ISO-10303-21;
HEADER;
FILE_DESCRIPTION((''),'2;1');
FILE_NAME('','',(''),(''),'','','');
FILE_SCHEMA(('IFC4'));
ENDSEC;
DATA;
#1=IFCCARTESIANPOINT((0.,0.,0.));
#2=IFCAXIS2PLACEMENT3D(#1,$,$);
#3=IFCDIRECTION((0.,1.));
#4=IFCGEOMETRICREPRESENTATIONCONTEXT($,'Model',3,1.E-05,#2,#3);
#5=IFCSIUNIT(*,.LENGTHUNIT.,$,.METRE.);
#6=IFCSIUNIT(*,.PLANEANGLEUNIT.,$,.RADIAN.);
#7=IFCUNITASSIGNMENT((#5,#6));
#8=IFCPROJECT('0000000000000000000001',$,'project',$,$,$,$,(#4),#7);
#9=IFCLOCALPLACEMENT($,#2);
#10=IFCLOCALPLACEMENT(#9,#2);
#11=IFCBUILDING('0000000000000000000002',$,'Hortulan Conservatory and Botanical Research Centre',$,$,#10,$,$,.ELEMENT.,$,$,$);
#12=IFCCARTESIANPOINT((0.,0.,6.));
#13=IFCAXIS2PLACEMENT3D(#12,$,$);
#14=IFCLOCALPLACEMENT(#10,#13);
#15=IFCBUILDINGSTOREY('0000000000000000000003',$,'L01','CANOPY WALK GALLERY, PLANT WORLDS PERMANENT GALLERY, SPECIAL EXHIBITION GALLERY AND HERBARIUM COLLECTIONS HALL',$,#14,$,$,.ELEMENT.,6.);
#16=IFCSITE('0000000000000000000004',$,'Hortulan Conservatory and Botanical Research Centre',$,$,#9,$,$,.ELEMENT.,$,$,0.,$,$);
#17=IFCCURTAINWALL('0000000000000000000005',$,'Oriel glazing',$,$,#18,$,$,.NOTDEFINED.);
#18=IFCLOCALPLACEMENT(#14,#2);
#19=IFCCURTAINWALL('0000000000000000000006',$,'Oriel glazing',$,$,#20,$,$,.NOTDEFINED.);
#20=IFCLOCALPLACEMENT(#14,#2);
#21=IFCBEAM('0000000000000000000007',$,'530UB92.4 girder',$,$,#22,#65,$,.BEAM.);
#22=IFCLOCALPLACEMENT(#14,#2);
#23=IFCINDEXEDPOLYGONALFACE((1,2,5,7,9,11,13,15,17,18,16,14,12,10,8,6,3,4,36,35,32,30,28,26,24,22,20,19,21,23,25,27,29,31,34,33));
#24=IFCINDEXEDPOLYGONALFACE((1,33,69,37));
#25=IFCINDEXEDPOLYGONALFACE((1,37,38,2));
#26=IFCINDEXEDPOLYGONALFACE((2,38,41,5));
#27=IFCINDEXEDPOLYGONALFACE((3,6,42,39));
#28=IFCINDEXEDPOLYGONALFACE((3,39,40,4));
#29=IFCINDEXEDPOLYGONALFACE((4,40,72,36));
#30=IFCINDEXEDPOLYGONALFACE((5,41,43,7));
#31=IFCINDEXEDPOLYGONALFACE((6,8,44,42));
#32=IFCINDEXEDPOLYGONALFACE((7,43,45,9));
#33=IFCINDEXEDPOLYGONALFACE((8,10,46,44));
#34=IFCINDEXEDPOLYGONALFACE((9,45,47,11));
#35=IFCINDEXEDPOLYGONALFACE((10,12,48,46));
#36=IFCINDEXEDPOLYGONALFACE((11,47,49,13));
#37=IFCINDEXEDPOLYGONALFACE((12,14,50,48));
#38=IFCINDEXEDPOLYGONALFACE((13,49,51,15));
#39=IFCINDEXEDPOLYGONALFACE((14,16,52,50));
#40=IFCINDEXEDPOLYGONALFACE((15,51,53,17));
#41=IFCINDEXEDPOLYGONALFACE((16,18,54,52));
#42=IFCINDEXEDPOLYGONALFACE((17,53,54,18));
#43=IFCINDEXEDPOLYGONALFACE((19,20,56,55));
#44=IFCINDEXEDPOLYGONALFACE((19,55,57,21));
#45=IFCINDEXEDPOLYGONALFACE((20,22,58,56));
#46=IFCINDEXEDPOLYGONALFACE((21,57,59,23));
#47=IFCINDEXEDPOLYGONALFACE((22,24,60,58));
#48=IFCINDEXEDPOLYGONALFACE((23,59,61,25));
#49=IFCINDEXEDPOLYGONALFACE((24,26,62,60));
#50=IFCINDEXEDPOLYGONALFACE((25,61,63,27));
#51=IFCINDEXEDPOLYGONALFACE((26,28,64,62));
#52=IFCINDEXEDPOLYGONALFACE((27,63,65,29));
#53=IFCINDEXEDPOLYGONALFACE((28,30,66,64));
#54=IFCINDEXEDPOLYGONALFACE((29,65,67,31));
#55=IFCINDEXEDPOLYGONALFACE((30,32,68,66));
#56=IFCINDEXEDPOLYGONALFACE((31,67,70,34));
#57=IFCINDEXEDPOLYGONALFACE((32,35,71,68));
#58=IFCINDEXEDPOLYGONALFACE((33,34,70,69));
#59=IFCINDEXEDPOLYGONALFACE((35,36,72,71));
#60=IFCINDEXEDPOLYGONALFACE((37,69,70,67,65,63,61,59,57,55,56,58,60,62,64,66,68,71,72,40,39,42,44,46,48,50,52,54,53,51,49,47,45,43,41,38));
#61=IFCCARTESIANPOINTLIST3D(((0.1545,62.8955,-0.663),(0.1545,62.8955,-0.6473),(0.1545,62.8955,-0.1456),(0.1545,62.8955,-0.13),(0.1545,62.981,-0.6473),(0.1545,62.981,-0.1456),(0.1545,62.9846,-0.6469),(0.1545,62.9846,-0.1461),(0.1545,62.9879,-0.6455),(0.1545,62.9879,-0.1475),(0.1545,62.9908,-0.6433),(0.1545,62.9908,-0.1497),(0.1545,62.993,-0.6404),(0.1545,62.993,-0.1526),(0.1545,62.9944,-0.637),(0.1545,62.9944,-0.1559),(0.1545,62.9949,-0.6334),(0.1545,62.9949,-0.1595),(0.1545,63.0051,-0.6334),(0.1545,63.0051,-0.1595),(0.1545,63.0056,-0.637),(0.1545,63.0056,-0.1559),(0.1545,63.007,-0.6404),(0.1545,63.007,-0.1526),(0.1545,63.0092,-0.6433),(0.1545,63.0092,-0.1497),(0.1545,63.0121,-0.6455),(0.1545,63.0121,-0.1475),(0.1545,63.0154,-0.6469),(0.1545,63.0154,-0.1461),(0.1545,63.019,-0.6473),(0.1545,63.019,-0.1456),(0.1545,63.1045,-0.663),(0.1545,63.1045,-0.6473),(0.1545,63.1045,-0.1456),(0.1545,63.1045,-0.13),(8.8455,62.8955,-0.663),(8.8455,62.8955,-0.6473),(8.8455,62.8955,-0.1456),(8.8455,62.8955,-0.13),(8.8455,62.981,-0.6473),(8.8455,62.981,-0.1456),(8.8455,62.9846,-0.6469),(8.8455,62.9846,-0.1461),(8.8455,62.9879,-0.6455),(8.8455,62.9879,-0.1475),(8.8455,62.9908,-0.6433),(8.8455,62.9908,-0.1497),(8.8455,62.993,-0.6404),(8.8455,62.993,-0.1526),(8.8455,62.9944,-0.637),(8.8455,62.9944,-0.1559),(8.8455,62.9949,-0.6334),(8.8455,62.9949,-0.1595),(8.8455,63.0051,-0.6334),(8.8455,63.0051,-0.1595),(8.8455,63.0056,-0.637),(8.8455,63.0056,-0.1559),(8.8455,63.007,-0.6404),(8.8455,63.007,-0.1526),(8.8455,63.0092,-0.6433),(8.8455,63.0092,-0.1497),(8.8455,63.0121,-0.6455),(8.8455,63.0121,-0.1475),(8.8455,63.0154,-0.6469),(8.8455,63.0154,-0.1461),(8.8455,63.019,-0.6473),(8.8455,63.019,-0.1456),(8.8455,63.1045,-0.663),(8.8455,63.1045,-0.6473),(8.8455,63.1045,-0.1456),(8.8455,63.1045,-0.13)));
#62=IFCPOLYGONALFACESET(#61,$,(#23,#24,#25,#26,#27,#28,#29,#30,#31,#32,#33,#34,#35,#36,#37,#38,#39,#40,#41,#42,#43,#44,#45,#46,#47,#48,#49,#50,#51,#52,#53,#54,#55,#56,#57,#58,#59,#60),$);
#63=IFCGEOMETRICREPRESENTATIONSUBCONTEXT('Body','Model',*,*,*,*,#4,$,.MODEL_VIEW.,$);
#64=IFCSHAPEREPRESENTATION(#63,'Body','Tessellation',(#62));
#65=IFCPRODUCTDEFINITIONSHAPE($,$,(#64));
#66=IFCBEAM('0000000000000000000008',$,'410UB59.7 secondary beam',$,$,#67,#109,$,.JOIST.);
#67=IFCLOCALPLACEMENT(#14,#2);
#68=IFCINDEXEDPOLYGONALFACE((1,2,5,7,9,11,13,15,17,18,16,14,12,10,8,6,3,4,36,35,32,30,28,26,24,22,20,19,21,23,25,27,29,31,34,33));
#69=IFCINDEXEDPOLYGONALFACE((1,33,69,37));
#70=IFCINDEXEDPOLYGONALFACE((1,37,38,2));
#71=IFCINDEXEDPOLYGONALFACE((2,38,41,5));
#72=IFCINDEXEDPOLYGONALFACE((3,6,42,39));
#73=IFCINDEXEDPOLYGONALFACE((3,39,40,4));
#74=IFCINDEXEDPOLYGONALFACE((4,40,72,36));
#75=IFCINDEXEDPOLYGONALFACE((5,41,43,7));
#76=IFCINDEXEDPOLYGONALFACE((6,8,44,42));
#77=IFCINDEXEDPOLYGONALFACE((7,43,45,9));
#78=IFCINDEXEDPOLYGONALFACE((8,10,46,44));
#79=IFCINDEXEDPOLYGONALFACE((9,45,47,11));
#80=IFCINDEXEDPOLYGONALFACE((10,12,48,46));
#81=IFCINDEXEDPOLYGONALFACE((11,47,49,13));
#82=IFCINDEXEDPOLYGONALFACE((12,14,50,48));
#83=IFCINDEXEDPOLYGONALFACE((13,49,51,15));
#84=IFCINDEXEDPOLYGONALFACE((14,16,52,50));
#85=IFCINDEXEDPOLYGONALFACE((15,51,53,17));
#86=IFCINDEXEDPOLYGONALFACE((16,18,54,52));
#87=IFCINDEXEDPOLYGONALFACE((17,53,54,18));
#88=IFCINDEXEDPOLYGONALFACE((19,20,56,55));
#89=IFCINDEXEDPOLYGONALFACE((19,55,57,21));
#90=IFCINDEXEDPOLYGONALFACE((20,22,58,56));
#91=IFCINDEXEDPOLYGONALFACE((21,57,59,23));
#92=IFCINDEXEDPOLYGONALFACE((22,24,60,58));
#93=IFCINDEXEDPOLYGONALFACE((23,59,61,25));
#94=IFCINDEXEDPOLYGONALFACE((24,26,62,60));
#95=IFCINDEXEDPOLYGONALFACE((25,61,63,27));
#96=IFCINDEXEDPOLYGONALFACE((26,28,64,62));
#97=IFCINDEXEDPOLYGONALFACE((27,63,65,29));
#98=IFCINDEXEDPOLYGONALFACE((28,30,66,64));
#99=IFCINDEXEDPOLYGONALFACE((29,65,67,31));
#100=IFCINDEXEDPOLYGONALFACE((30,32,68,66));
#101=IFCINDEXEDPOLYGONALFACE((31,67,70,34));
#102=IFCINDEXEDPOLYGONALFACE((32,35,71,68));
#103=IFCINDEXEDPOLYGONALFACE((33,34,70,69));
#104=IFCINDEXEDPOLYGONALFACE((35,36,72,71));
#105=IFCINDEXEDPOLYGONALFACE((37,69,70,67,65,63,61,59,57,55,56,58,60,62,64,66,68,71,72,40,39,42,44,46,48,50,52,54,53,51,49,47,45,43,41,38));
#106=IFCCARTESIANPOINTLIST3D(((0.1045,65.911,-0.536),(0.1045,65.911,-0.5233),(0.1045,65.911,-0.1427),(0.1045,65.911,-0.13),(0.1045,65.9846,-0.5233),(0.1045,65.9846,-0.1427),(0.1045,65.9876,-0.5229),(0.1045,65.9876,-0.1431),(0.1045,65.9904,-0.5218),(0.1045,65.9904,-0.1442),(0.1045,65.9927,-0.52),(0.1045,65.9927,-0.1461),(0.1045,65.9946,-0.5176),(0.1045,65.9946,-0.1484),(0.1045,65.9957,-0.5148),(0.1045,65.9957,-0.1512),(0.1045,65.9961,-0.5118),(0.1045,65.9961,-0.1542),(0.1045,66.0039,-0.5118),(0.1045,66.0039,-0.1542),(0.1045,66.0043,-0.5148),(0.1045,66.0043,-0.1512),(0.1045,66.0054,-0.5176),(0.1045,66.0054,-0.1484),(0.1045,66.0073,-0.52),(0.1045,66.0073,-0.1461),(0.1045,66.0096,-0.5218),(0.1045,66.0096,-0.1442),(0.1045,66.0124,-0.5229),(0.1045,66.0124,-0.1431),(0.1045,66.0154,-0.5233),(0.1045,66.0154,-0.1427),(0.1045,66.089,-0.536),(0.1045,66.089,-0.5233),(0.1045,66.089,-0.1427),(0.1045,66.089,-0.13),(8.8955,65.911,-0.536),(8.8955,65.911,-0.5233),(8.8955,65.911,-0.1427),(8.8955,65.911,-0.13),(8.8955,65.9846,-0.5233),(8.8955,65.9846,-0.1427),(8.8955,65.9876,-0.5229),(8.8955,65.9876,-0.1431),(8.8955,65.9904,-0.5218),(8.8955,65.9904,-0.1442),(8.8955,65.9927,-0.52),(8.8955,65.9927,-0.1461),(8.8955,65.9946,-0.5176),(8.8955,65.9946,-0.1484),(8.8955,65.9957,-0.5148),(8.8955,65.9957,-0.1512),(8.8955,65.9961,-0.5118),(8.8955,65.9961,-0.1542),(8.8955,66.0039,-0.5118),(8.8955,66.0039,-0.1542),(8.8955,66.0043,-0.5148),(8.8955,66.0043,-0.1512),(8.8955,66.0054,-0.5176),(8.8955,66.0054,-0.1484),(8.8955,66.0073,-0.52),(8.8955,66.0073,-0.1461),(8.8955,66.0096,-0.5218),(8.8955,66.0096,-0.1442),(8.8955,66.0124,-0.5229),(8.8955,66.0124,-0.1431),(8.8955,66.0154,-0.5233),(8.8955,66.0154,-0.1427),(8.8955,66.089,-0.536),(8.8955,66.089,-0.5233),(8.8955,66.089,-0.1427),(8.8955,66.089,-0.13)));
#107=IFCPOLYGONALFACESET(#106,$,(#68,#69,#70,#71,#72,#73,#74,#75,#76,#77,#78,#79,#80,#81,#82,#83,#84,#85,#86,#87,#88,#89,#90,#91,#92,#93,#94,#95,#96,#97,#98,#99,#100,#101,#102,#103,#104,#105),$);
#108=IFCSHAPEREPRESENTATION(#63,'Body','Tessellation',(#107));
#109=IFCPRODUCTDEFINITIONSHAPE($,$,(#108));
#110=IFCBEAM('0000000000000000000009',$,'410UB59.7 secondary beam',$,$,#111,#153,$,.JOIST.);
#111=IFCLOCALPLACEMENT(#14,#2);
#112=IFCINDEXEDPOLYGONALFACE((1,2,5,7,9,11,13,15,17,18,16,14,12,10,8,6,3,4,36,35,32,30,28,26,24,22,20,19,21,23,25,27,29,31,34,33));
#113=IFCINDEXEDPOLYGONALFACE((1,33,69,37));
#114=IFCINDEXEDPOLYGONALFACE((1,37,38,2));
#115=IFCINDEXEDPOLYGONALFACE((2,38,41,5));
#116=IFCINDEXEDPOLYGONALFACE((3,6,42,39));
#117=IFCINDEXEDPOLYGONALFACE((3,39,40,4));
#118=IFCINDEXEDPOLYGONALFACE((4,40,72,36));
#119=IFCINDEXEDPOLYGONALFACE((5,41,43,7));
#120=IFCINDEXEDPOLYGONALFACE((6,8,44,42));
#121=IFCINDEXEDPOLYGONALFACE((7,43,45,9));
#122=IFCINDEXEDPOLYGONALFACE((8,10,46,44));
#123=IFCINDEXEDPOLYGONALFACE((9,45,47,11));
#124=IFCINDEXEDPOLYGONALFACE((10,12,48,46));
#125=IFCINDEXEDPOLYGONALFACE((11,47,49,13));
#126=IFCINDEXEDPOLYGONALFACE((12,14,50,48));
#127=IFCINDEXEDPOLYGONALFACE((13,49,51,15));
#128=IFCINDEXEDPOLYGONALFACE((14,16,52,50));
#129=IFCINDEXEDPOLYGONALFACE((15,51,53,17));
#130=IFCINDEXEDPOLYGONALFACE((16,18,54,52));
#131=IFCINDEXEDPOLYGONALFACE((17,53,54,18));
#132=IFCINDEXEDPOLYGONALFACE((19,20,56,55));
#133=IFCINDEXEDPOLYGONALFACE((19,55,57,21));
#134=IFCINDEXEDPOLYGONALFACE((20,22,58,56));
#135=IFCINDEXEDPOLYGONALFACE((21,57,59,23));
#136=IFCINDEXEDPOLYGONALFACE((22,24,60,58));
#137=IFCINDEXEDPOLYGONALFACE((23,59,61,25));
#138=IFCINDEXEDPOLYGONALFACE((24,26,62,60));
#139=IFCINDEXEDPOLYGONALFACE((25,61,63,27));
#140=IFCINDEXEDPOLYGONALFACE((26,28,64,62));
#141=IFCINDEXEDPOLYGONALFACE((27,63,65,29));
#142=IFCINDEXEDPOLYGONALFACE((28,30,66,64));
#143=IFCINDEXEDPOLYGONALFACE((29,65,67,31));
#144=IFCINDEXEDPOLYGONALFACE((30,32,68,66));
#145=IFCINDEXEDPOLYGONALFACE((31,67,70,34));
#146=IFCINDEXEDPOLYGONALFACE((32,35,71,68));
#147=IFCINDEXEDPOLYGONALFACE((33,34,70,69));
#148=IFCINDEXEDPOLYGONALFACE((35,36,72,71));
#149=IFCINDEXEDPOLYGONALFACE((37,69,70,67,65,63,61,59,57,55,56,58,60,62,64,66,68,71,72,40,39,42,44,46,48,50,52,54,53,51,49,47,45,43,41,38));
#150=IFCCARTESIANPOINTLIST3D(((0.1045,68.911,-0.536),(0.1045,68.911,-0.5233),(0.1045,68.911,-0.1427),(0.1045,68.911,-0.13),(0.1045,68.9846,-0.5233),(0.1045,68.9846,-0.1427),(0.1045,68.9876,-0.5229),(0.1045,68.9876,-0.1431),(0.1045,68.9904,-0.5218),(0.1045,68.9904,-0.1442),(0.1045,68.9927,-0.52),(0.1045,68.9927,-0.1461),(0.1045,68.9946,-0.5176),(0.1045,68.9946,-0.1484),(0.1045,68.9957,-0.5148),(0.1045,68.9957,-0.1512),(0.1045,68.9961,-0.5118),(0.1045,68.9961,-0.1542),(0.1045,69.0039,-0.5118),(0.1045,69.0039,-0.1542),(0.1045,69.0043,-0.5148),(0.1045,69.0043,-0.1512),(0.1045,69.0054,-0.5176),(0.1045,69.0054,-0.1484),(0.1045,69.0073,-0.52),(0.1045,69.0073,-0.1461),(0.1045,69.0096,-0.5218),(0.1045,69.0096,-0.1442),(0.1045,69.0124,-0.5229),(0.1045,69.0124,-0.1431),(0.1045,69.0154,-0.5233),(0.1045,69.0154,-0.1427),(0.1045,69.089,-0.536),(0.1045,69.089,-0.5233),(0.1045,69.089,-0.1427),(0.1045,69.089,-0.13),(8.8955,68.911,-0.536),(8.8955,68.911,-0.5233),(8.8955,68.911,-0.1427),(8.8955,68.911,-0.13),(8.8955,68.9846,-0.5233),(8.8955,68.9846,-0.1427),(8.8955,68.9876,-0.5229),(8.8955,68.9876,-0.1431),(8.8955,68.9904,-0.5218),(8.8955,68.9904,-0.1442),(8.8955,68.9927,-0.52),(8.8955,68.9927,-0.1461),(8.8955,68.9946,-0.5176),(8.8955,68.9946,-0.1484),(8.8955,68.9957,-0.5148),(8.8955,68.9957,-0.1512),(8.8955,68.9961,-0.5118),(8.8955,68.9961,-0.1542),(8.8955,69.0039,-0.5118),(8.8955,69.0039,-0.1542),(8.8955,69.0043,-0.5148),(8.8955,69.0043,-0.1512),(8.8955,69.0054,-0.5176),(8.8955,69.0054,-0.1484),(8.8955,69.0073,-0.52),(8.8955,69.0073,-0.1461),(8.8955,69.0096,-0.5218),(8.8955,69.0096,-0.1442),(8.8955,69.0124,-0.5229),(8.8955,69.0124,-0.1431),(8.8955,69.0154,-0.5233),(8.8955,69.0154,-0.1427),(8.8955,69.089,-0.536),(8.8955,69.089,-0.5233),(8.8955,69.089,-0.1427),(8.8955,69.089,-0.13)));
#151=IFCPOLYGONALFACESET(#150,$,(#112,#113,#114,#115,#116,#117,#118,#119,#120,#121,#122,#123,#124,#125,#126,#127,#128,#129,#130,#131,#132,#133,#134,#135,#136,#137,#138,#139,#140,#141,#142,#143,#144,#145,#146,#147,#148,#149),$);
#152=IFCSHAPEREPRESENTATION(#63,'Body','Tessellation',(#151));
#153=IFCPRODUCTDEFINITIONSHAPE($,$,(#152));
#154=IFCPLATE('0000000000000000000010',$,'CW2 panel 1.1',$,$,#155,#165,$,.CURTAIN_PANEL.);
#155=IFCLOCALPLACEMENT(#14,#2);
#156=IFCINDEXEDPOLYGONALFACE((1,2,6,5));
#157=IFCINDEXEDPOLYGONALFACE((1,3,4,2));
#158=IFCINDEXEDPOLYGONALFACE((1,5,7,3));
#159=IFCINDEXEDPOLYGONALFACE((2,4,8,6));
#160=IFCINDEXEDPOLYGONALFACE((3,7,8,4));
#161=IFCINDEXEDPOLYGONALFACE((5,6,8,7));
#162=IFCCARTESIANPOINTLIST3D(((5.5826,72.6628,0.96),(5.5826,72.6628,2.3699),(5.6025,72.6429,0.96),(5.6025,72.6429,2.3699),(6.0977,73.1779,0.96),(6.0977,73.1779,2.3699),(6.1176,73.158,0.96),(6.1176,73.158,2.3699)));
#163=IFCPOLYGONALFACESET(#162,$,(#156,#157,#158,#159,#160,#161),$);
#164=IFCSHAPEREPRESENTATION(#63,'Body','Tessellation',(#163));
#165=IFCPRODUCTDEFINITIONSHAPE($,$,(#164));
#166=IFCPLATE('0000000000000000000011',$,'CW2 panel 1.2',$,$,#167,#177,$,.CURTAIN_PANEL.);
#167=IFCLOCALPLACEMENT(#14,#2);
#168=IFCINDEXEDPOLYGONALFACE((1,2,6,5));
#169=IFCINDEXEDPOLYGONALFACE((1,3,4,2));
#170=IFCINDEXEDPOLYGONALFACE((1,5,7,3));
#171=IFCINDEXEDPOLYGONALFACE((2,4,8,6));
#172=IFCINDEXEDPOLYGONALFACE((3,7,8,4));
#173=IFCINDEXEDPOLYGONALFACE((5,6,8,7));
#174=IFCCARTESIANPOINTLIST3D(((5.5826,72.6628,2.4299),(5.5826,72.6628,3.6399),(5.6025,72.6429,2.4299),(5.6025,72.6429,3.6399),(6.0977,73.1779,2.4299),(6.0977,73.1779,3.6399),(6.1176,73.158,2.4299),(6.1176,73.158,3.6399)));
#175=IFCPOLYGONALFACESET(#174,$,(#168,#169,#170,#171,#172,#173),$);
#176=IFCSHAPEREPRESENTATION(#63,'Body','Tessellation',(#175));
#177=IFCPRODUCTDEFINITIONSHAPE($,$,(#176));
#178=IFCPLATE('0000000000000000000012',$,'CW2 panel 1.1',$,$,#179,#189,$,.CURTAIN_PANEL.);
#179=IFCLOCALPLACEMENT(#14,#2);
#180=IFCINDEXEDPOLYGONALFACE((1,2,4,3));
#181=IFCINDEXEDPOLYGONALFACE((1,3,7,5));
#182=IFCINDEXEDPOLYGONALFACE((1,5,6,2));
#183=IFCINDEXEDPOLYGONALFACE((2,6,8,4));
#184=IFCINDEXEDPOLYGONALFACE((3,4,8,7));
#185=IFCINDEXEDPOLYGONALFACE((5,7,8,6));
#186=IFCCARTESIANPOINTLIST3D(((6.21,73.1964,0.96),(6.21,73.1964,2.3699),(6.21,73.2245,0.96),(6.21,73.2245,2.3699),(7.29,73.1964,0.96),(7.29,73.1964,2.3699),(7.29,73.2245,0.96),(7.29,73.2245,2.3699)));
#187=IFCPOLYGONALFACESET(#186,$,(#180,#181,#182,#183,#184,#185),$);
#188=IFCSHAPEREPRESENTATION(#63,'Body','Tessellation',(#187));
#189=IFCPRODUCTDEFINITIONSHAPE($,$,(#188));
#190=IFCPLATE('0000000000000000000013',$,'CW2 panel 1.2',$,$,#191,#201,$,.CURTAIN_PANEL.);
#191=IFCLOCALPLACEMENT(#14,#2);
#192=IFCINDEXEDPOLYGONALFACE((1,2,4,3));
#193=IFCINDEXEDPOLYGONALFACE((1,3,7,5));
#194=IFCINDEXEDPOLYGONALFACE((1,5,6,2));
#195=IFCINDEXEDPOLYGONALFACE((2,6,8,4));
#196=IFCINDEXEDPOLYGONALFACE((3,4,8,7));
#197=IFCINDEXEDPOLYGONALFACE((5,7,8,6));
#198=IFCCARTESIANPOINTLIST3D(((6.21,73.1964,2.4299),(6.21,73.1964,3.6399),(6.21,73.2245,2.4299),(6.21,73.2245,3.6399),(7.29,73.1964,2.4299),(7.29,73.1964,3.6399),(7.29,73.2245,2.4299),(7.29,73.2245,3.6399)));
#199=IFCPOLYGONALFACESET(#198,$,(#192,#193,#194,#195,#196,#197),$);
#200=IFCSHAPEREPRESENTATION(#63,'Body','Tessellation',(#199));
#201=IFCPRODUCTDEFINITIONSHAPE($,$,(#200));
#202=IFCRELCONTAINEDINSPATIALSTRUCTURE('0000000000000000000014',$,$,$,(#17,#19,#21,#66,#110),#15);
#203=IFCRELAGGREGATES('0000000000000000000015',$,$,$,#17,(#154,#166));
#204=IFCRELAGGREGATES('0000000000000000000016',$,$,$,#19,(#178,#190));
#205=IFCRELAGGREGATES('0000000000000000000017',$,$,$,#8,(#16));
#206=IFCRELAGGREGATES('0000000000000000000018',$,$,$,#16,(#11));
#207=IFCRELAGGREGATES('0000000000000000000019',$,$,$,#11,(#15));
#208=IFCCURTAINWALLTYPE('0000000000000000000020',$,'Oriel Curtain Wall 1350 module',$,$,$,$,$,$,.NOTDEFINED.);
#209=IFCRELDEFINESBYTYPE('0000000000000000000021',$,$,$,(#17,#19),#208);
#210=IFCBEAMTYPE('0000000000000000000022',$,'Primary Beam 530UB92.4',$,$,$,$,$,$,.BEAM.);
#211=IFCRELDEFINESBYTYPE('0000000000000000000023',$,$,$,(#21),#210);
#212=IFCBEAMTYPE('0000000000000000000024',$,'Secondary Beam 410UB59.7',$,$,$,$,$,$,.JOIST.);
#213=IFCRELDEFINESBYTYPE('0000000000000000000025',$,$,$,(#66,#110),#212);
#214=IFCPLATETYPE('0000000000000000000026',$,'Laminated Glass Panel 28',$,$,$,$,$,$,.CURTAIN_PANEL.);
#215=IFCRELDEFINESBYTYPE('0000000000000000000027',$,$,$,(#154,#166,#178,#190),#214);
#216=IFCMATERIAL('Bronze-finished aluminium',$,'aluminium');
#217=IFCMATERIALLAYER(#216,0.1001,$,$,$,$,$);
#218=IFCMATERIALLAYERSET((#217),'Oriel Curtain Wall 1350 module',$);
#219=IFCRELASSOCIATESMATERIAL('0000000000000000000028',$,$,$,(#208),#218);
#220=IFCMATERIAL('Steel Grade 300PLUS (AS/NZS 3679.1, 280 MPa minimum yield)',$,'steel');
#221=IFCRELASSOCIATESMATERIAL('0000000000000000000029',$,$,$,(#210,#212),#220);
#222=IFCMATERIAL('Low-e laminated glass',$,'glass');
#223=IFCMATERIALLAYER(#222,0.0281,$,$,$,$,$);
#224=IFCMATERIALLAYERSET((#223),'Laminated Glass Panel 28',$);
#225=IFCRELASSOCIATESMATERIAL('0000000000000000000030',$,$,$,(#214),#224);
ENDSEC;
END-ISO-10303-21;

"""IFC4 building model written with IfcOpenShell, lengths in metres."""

from ifc_helpers import new_model, si_unit, direction, frame, origin, origin_2d, place, context, subcontext, project, spatial, rectangle, i_section, extrude, material, layer, layer_set, material_profile, profile_set, type_object, element, aggregate, save


model = new_model("IFC4")

# Units and contexts
model_context = context("Model", 3, precision=1e-05, world=origin(), true_north=direction((0.0, 1.0)))
body_context = subcontext(model_context, "Body", "Model", "MODEL_VIEW")
ifc_project = project(units=[si_unit("LENGTHUNIT", "METRE"), si_unit("PLANEANGLEUNIT", "RADIAN")], contexts=[model_context])

# Site, building, storey
site_placement = place(None, origin())
site = spatial("IfcSite", under=ifc_project, at=site_placement, Name="Hortulan Conservatory and Botanical Research Centre", CompositionType="ELEMENT", RefElevation=0.0)
building_placement = place(site_placement, origin())
building = spatial("IfcBuilding", under=site, at=building_placement, Name="Hortulan Conservatory and Botanical Research Centre", CompositionType="ELEMENT")
storey_placement = place(building_placement, frame((0.0, 0.0, 6.0)))
storey = spatial("IfcBuildingStorey", under=building, at=storey_placement, Name="L01", Description="CANOPY WALK GALLERY, PLANT WORLDS PERMANENT GALLERY, SPECIAL EXHIBITION GALLERY AND HERBARIUM COLLECTIONS HALL", CompositionType="ELEMENT", Elevation=6.0)

# Shared definitions
ifc_material_1 = material(Name="Steel Grade 300PLUS (AS/NZS 3679.1, 280 MPa minimum yield)", Category="steel")

# Curtain walls
ifc_material_2 = material(Name="Bronze-finished aluminium", Category="aluminium")
ifc_layer_1 = layer(ifc_material_2, 0.1001)
ifc_layer_set_1 = layer_set([ifc_layer_1], Name="Oriel Curtain Wall 1350 module")
curtain_wall_type = type_object("IfcCurtainWallType", Name="Oriel Curtain Wall 1350 module", PredefinedType="NOTDEFINED", material=ifc_layer_set_1)
curtain_wall_1_placement = place(storey_placement, origin())
curtain_wall_1 = element("IfcCurtainWall", 1, at=curtain_wall_1_placement, inside=storey, type_object=curtain_wall_type, Name="Oriel glazing", PredefinedType="NOTDEFINED")
curtain_wall_2_placement = place(storey_placement, origin())
curtain_wall_2 = element("IfcCurtainWall", 2, at=curtain_wall_2_placement, inside=storey, type_object=curtain_wall_type, Name="Oriel glazing", PredefinedType="NOTDEFINED")

# Beams
ifc_material_profile_1 = material_profile(ifc_material_1, i_section(OverallWidth=0.209, OverallDepth=0.533, WebThickness=0.0103, FlangeThickness=0.0156, FilletRadius=0.0139, at=origin_2d()), Name="530UB92.4")
ifc_profile_set_1 = profile_set([ifc_material_profile_1], Name="Steel Grade 300PLUS (AS/NZS 3679.1, 280 MPa minimum yield)")
beam_type_1 = type_object("IfcBeamType", Name="Primary Beam 530UB92.4", PredefinedType="BEAM", material=ifc_profile_set_1)
beam_1_placement = place(storey_placement, frame((0.1545, 63.0, -0.3965), z_axis=(1.0, 0.0, 0.0), x_axis=(0.0, 1.0, 0.0)))
element("IfcBeam", 3, at=beam_1_placement, inside=storey, type_object=beam_type_1, Name="530UB92.4 girder", PredefinedType="BEAM", context=body_context, shape_type="SweptSolid", body=[
    extrude(i_section(OverallWidth=0.209, OverallDepth=0.533, WebThickness=0.0103, FlangeThickness=0.0156, FilletRadius=0.0139, at=origin_2d()), origin(), (0.0, 0.0, 1.0), 8.6909),
])
ifc_material_profile_2 = material_profile(ifc_material_1, i_section(OverallWidth=0.178, OverallDepth=0.406, WebThickness=0.0078, FlangeThickness=0.0127, FilletRadius=0.0115, at=origin_2d()), Name="410UB59.7")
ifc_profile_set_2 = profile_set([ifc_material_profile_2], Name="Steel Grade 300PLUS (AS/NZS 3679.1, 280 MPa minimum yield)")
beam_type_2 = type_object("IfcBeamType", Name="Secondary Beam 410UB59.7", PredefinedType="JOIST", material=ifc_profile_set_2)
for number, where, z_axis, x_axis, name in (
    (4, (0.1045, 66.0, -0.333), (1.0, 0.0, 0.0), (0.0, 1.0, 0.0), "410UB59.7 secondary beam"),
    (5, (0.1045, 69.0, -0.333), (1.0, 0.0, 0.0), (0.0, 1.0, 0.0), "410UB59.7 secondary beam"),
):
    element("IfcBeam", number, at=place(storey_placement, frame(where, z_axis=z_axis, x_axis=x_axis)), inside=storey, type_object=beam_type_2, Name=name, PredefinedType="JOIST", context=body_context, shape_type="SweptSolid", body=[
        extrude(i_section(OverallWidth=0.178, OverallDepth=0.406, WebThickness=0.0078, FlangeThickness=0.0127, FilletRadius=0.0115, at=origin_2d()), origin(), (0.0, 0.0, 1.0), 8.791),
    ])

# Plates
ifc_material_3 = material(Name="Low-e laminated glass", Category="glass")
ifc_layer_2 = layer(ifc_material_3, 0.0281)
ifc_layer_set_2 = layer_set([ifc_layer_2], Name="Laminated Glass Panel 28")
plate_type = type_object("IfcPlateType", Name="Laminated Glass Panel 28", PredefinedType="CURTAIN_PANEL", material=ifc_layer_set_2)
plate_1_placement = place(storey_placement, frame((5.8501, 72.9104, 0.96), z_axis=(0.0, 0.0, 1.0), x_axis=(0.707107, 0.707107, 0.0)))
plate_1 = element("IfcPlate", 6, at=plate_1_placement, type_object=plate_type, Name="CW2 panel 1.1", PredefinedType="CURTAIN_PANEL", context=body_context, shape_type="SweptSolid", body=[
    extrude(rectangle(XDim=0.7285, YDim=0.0281, at=origin_2d()), origin(), (0.0, 0.0, 1.0), 1.4099),
])
plate_2_placement = place(storey_placement, frame((5.8501, 72.9104, 2.4299), z_axis=(0.0, 0.0, 1.0), x_axis=(0.707107, 0.707107, 0.0)))
plate_2 = element("IfcPlate", 7, at=plate_2_placement, type_object=plate_type, Name="CW2 panel 1.2", PredefinedType="CURTAIN_PANEL", context=body_context, shape_type="SweptSolid", body=[
    extrude(rectangle(XDim=0.7285, YDim=0.0281, at=origin_2d()), origin(), (0.0, 0.0, 1.0), 1.21),
])
aggregate(curtain_wall_1, [plate_1, plate_2])
plate_3_placement = place(storey_placement, frame((6.75, 73.2104, 0.96), z_axis=(0.0, 0.0, 1.0), x_axis=(1.0, 0.0, 0.0)))
plate_3 = element("IfcPlate", 8, at=plate_3_placement, type_object=plate_type, Name="CW2 panel 1.1", PredefinedType="CURTAIN_PANEL", context=body_context, shape_type="SweptSolid", body=[
    extrude(rectangle(XDim=1.0801, YDim=0.0281, at=origin_2d()), origin(), (0.0, 0.0, 1.0), 1.4099),
])
plate_4_placement = place(storey_placement, frame((6.75, 73.2104, 2.4299), z_axis=(0.0, 0.0, 1.0), x_axis=(1.0, 0.0, 0.0)))
plate_4 = element("IfcPlate", 9, at=plate_4_placement, type_object=plate_type, Name="CW2 panel 1.2", PredefinedType="CURTAIN_PANEL", context=body_context, shape_type="SweptSolid", body=[
    extrude(rectangle(XDim=1.0801, YDim=0.0281, at=origin_2d()), origin(), (0.0, 0.0, 1.0), 1.21),
])
aggregate(curtain_wall_2, [plate_3, plate_4])

save(model, "model.ifc")
